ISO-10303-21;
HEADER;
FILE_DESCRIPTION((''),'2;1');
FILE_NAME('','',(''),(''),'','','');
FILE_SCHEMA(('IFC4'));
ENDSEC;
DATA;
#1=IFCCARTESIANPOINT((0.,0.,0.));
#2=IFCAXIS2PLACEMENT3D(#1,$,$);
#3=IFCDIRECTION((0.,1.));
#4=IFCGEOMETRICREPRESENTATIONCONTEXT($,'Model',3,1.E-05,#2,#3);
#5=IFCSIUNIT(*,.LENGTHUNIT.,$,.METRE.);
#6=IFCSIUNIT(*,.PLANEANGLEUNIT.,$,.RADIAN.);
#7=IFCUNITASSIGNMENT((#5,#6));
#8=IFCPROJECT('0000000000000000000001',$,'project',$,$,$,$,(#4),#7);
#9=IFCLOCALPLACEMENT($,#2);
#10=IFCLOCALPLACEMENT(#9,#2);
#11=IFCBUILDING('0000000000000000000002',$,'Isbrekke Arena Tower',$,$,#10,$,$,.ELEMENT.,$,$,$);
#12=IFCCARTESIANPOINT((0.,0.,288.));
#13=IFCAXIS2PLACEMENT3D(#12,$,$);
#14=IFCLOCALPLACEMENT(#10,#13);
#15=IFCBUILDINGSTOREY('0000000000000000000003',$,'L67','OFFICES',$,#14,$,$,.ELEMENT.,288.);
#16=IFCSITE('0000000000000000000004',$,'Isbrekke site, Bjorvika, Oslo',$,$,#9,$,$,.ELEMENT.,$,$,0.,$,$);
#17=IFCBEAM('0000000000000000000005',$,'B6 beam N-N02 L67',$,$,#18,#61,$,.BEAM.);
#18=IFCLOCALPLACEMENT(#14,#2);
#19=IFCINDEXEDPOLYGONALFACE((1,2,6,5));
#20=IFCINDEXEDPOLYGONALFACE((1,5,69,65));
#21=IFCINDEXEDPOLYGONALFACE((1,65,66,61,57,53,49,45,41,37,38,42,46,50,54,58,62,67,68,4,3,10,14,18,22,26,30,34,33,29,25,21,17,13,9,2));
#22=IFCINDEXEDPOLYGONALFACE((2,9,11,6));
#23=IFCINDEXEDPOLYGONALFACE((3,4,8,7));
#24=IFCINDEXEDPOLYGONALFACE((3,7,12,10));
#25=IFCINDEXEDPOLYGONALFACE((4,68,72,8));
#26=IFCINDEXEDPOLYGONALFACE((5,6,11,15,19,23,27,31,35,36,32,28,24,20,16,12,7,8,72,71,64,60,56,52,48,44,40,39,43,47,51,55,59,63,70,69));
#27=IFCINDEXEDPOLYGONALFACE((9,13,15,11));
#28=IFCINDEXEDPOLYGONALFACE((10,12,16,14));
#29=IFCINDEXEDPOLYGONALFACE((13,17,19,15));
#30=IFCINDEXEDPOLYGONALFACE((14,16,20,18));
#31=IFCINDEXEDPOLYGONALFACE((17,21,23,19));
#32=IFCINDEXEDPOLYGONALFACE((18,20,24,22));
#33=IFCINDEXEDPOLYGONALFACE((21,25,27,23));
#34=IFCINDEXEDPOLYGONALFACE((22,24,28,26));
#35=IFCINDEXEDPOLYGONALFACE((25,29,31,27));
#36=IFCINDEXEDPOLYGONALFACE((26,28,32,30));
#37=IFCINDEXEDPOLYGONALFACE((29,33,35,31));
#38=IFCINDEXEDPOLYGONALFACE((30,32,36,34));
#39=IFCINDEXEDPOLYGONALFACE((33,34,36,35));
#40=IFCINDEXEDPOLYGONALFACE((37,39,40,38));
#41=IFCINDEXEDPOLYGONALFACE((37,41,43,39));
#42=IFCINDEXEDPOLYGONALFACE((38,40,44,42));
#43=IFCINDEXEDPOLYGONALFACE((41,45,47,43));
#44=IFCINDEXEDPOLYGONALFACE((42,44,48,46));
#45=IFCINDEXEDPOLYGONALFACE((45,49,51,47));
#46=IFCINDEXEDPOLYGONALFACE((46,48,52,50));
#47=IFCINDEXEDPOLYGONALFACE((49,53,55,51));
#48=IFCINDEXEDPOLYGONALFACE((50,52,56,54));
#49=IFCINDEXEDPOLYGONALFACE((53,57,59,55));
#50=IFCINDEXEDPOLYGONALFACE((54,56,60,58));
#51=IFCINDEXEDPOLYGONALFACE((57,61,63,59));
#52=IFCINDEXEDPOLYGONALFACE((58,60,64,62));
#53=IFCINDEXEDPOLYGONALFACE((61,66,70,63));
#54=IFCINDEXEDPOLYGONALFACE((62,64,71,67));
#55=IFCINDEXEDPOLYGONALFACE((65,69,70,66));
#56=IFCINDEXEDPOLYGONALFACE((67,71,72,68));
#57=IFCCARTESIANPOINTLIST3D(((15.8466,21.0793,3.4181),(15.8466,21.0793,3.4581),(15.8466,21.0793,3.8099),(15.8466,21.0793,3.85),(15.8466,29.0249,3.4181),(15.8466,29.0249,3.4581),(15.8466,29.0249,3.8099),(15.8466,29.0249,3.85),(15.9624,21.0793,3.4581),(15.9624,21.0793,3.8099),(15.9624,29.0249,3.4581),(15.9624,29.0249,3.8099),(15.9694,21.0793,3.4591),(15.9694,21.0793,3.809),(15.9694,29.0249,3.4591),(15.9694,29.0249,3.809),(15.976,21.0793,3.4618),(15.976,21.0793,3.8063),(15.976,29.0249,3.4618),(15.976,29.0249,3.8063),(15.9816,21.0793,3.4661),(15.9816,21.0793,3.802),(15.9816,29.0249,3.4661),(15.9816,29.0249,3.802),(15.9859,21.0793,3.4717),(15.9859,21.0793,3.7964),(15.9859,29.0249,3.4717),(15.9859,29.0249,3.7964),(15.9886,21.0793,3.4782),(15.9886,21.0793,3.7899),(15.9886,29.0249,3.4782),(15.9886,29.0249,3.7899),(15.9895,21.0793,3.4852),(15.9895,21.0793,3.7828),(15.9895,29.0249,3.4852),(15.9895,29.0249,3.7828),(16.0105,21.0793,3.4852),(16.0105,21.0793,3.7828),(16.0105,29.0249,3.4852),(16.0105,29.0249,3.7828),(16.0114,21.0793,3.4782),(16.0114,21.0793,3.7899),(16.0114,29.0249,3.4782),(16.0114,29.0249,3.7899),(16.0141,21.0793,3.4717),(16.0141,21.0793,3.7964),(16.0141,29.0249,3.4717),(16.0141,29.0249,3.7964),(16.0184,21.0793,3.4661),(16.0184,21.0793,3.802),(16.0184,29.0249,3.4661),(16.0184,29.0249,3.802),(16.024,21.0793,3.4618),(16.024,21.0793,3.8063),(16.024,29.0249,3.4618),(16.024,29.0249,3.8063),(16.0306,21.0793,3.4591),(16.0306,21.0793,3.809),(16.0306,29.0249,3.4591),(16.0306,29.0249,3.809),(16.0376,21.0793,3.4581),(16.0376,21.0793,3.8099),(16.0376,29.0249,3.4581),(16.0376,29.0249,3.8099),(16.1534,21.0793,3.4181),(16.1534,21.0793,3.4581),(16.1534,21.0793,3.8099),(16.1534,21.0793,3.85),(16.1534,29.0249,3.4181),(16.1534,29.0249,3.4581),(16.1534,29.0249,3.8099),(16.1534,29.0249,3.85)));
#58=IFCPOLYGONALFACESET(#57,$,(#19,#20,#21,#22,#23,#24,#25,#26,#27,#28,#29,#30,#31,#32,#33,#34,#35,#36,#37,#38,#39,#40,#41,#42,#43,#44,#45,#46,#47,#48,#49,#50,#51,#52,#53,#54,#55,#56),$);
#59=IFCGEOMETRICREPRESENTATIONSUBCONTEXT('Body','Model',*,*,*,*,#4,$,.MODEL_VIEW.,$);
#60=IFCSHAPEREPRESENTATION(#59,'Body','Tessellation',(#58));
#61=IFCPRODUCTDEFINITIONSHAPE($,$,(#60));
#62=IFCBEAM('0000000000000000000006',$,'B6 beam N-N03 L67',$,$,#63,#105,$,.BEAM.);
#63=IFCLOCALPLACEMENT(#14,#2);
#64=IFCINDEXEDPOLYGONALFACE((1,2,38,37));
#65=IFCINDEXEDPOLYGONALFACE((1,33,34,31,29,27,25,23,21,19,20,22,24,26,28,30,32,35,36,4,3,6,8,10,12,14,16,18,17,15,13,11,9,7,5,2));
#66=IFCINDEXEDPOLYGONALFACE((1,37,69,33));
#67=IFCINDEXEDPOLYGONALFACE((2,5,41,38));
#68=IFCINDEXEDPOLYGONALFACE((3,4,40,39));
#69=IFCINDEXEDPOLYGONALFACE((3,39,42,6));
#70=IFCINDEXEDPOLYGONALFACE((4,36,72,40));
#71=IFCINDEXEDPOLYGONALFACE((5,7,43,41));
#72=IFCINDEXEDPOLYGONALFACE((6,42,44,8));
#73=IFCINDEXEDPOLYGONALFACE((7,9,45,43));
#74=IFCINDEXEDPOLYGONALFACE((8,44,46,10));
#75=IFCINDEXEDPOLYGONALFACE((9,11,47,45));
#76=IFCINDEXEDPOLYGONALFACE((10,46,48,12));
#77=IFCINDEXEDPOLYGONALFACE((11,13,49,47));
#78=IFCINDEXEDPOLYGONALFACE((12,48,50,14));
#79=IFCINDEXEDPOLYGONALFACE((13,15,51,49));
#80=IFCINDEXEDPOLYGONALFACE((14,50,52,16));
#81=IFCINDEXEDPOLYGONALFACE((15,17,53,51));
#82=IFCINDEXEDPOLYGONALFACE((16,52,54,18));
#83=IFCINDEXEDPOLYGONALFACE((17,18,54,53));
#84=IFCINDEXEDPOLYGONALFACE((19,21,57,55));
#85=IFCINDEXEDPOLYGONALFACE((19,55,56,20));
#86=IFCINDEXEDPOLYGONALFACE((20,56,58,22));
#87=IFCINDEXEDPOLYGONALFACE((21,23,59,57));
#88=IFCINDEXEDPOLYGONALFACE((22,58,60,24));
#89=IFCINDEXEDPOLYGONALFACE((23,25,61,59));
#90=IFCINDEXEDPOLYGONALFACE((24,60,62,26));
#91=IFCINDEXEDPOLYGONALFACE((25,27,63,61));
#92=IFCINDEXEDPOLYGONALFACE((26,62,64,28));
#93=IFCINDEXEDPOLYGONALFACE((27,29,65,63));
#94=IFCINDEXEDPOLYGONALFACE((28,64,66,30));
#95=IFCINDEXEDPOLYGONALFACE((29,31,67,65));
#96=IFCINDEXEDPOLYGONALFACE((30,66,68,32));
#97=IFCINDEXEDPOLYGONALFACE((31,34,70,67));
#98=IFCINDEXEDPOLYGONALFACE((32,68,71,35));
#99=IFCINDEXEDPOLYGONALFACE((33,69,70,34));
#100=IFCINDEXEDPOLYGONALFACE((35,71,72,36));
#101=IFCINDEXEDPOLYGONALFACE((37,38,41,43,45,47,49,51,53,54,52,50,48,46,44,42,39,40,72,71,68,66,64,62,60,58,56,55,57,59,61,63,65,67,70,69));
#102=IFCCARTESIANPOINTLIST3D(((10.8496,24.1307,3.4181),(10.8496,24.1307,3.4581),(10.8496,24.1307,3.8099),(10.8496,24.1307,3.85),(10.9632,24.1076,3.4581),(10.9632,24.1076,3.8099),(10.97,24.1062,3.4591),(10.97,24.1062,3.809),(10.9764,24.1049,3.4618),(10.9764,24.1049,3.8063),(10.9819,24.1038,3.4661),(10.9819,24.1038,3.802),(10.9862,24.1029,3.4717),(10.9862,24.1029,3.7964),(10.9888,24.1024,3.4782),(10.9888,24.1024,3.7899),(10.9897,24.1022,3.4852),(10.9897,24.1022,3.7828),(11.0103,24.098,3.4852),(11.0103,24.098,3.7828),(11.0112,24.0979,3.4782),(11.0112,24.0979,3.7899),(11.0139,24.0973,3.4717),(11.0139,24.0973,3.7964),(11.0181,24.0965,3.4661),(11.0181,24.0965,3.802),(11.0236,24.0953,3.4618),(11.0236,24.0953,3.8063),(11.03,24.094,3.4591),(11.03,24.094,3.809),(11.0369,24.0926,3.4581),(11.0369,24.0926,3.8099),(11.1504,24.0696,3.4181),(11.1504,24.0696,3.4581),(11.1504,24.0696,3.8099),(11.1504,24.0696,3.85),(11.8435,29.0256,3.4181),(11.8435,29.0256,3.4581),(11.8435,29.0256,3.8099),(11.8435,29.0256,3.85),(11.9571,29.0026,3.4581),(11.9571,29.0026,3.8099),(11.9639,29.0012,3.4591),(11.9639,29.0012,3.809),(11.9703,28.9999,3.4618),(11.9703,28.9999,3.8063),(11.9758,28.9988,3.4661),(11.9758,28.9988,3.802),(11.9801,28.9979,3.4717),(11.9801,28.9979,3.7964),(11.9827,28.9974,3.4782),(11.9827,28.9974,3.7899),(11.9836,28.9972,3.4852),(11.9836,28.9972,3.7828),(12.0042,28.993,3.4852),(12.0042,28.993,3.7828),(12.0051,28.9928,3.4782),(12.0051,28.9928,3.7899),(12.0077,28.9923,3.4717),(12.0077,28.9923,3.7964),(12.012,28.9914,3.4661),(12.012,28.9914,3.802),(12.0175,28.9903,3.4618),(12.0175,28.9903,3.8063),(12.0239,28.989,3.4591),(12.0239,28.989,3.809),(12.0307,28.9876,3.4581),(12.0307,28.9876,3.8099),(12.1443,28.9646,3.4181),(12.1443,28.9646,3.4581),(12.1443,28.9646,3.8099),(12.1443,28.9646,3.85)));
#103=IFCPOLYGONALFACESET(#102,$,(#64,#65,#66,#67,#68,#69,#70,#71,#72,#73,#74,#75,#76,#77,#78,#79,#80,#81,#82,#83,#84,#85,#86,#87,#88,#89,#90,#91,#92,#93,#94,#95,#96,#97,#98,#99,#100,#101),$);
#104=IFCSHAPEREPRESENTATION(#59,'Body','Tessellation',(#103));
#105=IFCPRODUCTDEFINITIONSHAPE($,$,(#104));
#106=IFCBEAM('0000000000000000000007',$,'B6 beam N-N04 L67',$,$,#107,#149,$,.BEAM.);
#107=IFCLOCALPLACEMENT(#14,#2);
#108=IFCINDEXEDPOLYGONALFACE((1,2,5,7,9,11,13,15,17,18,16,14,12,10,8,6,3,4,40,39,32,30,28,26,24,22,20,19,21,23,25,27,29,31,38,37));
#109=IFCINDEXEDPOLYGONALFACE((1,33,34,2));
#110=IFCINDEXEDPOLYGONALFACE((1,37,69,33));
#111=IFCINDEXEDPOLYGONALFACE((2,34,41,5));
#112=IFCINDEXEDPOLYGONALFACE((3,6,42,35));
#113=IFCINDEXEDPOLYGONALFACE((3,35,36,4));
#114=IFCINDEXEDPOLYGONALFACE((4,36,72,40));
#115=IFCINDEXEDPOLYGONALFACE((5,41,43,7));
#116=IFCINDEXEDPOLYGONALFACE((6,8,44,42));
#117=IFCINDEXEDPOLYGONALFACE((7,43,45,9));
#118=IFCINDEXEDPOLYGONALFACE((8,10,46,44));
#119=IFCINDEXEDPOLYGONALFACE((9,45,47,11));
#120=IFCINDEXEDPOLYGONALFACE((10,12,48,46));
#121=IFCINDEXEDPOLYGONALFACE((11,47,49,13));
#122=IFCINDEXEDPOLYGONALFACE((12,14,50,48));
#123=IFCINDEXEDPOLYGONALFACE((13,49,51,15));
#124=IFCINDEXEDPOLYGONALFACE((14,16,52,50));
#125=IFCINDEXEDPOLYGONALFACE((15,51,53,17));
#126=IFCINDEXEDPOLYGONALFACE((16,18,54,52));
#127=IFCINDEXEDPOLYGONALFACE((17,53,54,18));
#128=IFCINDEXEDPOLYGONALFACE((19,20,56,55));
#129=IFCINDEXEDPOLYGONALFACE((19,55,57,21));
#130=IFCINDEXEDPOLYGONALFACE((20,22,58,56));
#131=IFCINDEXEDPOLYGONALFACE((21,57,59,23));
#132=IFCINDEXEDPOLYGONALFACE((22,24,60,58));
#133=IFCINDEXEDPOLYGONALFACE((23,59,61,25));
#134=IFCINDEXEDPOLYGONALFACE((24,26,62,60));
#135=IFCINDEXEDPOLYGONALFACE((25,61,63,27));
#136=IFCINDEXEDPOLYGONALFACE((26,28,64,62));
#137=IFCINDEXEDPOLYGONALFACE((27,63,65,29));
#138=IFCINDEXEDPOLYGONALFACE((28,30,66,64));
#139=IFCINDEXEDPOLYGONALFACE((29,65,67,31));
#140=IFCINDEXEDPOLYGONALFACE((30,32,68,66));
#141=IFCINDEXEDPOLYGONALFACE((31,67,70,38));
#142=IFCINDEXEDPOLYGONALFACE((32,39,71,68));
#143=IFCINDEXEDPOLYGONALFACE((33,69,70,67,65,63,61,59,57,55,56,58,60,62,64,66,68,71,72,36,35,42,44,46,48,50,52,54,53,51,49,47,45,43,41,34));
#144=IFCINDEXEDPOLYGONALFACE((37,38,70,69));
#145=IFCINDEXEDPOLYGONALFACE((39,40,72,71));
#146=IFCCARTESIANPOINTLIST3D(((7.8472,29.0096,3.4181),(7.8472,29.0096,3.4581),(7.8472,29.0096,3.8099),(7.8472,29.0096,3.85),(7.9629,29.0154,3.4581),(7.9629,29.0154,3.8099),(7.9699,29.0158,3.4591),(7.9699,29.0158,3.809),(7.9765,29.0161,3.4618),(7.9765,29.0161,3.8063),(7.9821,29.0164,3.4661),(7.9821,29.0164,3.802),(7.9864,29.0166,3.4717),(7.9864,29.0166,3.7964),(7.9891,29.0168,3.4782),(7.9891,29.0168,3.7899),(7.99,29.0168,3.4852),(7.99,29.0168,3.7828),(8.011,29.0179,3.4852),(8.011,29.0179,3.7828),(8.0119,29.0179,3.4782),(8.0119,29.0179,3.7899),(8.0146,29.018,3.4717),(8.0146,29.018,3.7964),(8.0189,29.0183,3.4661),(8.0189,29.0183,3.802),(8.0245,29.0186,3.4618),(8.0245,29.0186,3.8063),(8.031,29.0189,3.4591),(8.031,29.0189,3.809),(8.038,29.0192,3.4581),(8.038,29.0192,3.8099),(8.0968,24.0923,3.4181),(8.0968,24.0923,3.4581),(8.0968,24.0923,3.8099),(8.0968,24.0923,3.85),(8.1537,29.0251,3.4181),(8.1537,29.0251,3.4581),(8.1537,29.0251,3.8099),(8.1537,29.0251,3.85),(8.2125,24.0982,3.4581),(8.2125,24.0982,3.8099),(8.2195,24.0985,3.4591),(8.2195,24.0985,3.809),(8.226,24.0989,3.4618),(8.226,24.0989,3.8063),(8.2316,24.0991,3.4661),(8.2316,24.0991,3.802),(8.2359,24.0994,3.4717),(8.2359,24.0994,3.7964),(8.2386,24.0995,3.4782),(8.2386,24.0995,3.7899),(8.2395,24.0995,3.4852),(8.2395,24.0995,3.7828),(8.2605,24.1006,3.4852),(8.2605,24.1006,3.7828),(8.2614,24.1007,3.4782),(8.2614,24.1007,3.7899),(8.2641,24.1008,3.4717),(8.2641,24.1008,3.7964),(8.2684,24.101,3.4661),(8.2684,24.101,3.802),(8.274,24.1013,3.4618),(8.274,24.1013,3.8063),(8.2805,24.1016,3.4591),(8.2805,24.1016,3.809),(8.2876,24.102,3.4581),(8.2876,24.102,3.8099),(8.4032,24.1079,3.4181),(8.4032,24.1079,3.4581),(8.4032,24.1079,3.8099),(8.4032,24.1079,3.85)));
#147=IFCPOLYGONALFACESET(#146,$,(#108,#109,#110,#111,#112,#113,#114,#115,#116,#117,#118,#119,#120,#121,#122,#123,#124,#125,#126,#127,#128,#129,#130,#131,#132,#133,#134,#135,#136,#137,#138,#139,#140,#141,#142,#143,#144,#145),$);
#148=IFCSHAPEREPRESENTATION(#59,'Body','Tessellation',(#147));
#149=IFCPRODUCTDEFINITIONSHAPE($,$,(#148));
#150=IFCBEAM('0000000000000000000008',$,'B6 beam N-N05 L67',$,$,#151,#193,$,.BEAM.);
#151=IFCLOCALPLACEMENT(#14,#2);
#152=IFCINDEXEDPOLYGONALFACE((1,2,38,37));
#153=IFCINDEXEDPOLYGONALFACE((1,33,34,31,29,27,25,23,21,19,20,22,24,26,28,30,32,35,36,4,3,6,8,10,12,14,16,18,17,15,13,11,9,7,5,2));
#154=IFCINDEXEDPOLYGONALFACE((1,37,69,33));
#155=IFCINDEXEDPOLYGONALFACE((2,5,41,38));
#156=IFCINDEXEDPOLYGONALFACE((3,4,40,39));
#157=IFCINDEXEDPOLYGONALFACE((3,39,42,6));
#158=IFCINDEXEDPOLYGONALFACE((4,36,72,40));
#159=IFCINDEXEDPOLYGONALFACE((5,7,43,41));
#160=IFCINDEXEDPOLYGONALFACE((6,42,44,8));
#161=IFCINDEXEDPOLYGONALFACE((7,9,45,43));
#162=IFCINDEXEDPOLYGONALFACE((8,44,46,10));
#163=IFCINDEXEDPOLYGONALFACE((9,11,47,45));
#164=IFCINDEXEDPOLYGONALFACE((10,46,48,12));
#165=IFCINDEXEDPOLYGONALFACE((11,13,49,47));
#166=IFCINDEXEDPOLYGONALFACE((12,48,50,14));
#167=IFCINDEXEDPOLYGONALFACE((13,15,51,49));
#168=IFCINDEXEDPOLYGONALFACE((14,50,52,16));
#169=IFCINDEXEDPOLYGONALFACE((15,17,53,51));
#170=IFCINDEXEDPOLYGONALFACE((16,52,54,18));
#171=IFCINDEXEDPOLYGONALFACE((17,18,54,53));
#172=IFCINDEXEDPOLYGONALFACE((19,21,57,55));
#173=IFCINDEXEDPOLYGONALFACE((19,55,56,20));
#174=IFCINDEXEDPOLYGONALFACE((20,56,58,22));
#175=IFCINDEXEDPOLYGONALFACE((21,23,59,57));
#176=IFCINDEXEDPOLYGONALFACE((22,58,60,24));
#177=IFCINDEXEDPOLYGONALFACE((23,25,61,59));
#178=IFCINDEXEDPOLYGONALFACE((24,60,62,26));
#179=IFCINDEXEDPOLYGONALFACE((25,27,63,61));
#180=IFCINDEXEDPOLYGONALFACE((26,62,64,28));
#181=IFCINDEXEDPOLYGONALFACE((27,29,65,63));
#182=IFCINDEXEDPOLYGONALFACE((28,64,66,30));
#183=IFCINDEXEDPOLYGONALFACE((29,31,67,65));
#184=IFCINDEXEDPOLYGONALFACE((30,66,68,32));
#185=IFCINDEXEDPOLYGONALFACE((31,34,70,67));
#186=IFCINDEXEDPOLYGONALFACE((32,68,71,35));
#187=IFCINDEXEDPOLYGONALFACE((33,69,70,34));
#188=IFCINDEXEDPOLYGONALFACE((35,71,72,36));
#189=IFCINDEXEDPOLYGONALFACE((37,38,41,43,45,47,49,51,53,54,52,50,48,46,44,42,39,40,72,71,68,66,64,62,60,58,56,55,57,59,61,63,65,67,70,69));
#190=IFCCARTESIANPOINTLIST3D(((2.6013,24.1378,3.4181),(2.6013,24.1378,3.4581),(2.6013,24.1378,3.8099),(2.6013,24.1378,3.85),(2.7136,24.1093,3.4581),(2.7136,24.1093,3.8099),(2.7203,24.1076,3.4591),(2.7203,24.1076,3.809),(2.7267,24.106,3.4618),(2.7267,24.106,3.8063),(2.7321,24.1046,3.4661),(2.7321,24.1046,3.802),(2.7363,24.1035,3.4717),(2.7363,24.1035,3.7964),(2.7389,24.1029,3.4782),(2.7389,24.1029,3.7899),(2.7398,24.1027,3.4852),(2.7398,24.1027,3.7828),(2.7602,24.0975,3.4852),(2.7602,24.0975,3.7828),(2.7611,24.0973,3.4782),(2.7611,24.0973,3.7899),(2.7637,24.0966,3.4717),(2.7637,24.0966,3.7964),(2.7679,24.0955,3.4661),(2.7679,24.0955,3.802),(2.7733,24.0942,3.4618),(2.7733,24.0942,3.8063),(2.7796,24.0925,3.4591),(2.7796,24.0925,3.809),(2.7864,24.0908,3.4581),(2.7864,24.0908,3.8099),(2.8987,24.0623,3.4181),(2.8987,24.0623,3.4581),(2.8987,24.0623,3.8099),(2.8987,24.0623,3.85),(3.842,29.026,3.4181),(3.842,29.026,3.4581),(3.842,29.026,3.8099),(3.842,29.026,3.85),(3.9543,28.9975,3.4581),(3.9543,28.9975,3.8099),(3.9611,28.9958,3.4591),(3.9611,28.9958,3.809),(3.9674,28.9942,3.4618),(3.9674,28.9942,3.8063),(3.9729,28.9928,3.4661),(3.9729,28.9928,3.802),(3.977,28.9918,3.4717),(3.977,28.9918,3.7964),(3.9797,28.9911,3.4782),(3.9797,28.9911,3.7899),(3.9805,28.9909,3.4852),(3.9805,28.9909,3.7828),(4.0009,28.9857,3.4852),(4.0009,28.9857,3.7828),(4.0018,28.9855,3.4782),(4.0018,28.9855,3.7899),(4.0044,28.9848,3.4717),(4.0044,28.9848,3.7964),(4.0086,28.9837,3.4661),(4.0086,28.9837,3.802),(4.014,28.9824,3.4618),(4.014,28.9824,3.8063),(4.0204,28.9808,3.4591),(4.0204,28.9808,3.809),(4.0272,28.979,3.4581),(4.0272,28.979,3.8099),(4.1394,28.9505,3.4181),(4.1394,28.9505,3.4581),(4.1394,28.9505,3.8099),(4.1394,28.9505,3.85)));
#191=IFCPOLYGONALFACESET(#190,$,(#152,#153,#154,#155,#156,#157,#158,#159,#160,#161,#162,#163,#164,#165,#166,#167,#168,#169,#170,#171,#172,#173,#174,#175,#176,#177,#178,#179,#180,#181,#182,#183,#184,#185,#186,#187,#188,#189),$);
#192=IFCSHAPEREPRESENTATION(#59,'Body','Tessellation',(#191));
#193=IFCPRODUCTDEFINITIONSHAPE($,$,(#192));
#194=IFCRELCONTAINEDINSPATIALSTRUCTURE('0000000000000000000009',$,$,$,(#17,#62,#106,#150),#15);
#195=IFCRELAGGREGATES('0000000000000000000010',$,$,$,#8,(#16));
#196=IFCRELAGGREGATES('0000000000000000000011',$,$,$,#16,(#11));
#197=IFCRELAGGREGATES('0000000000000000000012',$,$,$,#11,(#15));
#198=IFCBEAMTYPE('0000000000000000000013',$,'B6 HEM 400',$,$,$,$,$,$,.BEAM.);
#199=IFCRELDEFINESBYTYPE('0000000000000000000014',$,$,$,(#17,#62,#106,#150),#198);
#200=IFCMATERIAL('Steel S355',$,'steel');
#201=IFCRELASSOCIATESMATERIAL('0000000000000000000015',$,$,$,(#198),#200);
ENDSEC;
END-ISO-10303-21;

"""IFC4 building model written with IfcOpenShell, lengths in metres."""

from ifc_helpers import new_model, si_unit, direction, frame, origin, origin_2d, place, context, subcontext, project, spatial, i_section, extrude, material, material_profile, profile_set, type_object, element, save


model = new_model("IFC4")

# Units and contexts
model_context = context("Model", 3, precision=1e-05, world=origin(), true_north=direction((0.0, 1.0)))
body_context = subcontext(model_context, "Body", "Model", "MODEL_VIEW")
ifc_project = project(units=[si_unit("LENGTHUNIT", "METRE"), si_unit("PLANEANGLEUNIT", "RADIAN")], contexts=[model_context])

# Site, building, storey
site_placement = place(None, origin())
site = spatial("IfcSite", under=ifc_project, at=site_placement, Name="Isbrekke site, Bjorvika, Oslo", CompositionType="ELEMENT", RefElevation=0.0)
building_placement = place(site_placement, origin())
building = spatial("IfcBuilding", under=site, at=building_placement, Name="Isbrekke Arena Tower", CompositionType="ELEMENT")
storey_placement = place(building_placement, frame((0.0, 0.0, 288.0)))
storey = spatial("IfcBuildingStorey", under=building, at=storey_placement, Name="L67", Description="OFFICES", CompositionType="ELEMENT", Elevation=288.0)

# Beams
ifc_material_1 = material(Name="Steel S355", Category="steel")
ifc_material_profile = material_profile(ifc_material_1, i_section(OverallWidth=0.3069, OverallDepth=0.4319, WebThickness=0.021, FlangeThickness=0.04, FilletRadius=0.0271, at=origin_2d()), Name="HEM 400")
ifc_profile_set = profile_set([ifc_material_profile], Name="Steel S355")
beam_type = type_object("IfcBeamType", Name="B6 HEM 400", PredefinedType="BEAM", material=ifc_profile_set)
beam_1_placement = place(storey_placement, frame((16.0, 29.0249, 3.634), z_axis=(0.0, -1.0, 0.0), x_axis=(1.0, 0.0, 0.0)))
element("IfcBeam", 1, at=beam_1_placement, inside=storey, type_object=beam_type, Name="B6 beam N-N02 L67", PredefinedType="BEAM", context=body_context, shape_type="SweptSolid", body=[
    extrude(i_section(OverallWidth=0.3069, OverallDepth=0.4319, WebThickness=0.021, FlangeThickness=0.04, FilletRadius=0.0271, at=origin_2d()), origin(), (0.0, 0.0, 1.0), 7.9456),
])
beam_2_placement = place(storey_placement, frame((11.9939, 28.9951, 3.634), z_axis=(-0.198982, -0.980003, 0.0), x_axis=(0.980003, -0.198982, 0.0)))
element("IfcBeam", 2, at=beam_2_placement, inside=storey, type_object=beam_type, Name="B6 beam N-N03 L67", PredefinedType="BEAM", context=body_context, shape_type="SweptSolid", body=[
    extrude(i_section(OverallWidth=0.3069, OverallDepth=0.4319, WebThickness=0.021, FlangeThickness=0.04, FilletRadius=0.0271, at=origin_2d()), origin(), (0.0, 0.0, 1.0), 4.9949),
])
beam_3_placement = place(storey_placement, frame((8.0005, 29.0173, 3.634), z_axis=(0.050677, -0.998715, 0.0), x_axis=(0.998715, 0.050677, 0.0)))
element("IfcBeam", 3, at=beam_3_placement, inside=storey, type_object=beam_type, Name="B6 beam N-N04 L67", PredefinedType="BEAM", context=body_context, shape_type="SweptSolid", body=[
    extrude(i_section(OverallWidth=0.3069, OverallDepth=0.4319, WebThickness=0.021, FlangeThickness=0.04, FilletRadius=0.0271, at=origin_2d()), origin(), (0.0, 0.0, 1.0), 4.9236),
])
beam_4_placement = place(storey_placement, frame((3.9907, 28.9883, 3.634), z_axis=(-0.24602, -0.969265, 0.0), x_axis=(0.969265, -0.24602, 0.0)))
element("IfcBeam", 4, at=beam_4_placement, inside=storey, type_object=beam_type, Name="B6 beam N-N05 L67", PredefinedType="BEAM", context=body_context, shape_type="SweptSolid", body=[
    extrude(i_section(OverallWidth=0.3069, OverallDepth=0.4319, WebThickness=0.021, FlangeThickness=0.04, FilletRadius=0.0271, at=origin_2d()), origin(), (0.0, 0.0, 1.0), 5.0432),
])

save(model, "model.ifc")
